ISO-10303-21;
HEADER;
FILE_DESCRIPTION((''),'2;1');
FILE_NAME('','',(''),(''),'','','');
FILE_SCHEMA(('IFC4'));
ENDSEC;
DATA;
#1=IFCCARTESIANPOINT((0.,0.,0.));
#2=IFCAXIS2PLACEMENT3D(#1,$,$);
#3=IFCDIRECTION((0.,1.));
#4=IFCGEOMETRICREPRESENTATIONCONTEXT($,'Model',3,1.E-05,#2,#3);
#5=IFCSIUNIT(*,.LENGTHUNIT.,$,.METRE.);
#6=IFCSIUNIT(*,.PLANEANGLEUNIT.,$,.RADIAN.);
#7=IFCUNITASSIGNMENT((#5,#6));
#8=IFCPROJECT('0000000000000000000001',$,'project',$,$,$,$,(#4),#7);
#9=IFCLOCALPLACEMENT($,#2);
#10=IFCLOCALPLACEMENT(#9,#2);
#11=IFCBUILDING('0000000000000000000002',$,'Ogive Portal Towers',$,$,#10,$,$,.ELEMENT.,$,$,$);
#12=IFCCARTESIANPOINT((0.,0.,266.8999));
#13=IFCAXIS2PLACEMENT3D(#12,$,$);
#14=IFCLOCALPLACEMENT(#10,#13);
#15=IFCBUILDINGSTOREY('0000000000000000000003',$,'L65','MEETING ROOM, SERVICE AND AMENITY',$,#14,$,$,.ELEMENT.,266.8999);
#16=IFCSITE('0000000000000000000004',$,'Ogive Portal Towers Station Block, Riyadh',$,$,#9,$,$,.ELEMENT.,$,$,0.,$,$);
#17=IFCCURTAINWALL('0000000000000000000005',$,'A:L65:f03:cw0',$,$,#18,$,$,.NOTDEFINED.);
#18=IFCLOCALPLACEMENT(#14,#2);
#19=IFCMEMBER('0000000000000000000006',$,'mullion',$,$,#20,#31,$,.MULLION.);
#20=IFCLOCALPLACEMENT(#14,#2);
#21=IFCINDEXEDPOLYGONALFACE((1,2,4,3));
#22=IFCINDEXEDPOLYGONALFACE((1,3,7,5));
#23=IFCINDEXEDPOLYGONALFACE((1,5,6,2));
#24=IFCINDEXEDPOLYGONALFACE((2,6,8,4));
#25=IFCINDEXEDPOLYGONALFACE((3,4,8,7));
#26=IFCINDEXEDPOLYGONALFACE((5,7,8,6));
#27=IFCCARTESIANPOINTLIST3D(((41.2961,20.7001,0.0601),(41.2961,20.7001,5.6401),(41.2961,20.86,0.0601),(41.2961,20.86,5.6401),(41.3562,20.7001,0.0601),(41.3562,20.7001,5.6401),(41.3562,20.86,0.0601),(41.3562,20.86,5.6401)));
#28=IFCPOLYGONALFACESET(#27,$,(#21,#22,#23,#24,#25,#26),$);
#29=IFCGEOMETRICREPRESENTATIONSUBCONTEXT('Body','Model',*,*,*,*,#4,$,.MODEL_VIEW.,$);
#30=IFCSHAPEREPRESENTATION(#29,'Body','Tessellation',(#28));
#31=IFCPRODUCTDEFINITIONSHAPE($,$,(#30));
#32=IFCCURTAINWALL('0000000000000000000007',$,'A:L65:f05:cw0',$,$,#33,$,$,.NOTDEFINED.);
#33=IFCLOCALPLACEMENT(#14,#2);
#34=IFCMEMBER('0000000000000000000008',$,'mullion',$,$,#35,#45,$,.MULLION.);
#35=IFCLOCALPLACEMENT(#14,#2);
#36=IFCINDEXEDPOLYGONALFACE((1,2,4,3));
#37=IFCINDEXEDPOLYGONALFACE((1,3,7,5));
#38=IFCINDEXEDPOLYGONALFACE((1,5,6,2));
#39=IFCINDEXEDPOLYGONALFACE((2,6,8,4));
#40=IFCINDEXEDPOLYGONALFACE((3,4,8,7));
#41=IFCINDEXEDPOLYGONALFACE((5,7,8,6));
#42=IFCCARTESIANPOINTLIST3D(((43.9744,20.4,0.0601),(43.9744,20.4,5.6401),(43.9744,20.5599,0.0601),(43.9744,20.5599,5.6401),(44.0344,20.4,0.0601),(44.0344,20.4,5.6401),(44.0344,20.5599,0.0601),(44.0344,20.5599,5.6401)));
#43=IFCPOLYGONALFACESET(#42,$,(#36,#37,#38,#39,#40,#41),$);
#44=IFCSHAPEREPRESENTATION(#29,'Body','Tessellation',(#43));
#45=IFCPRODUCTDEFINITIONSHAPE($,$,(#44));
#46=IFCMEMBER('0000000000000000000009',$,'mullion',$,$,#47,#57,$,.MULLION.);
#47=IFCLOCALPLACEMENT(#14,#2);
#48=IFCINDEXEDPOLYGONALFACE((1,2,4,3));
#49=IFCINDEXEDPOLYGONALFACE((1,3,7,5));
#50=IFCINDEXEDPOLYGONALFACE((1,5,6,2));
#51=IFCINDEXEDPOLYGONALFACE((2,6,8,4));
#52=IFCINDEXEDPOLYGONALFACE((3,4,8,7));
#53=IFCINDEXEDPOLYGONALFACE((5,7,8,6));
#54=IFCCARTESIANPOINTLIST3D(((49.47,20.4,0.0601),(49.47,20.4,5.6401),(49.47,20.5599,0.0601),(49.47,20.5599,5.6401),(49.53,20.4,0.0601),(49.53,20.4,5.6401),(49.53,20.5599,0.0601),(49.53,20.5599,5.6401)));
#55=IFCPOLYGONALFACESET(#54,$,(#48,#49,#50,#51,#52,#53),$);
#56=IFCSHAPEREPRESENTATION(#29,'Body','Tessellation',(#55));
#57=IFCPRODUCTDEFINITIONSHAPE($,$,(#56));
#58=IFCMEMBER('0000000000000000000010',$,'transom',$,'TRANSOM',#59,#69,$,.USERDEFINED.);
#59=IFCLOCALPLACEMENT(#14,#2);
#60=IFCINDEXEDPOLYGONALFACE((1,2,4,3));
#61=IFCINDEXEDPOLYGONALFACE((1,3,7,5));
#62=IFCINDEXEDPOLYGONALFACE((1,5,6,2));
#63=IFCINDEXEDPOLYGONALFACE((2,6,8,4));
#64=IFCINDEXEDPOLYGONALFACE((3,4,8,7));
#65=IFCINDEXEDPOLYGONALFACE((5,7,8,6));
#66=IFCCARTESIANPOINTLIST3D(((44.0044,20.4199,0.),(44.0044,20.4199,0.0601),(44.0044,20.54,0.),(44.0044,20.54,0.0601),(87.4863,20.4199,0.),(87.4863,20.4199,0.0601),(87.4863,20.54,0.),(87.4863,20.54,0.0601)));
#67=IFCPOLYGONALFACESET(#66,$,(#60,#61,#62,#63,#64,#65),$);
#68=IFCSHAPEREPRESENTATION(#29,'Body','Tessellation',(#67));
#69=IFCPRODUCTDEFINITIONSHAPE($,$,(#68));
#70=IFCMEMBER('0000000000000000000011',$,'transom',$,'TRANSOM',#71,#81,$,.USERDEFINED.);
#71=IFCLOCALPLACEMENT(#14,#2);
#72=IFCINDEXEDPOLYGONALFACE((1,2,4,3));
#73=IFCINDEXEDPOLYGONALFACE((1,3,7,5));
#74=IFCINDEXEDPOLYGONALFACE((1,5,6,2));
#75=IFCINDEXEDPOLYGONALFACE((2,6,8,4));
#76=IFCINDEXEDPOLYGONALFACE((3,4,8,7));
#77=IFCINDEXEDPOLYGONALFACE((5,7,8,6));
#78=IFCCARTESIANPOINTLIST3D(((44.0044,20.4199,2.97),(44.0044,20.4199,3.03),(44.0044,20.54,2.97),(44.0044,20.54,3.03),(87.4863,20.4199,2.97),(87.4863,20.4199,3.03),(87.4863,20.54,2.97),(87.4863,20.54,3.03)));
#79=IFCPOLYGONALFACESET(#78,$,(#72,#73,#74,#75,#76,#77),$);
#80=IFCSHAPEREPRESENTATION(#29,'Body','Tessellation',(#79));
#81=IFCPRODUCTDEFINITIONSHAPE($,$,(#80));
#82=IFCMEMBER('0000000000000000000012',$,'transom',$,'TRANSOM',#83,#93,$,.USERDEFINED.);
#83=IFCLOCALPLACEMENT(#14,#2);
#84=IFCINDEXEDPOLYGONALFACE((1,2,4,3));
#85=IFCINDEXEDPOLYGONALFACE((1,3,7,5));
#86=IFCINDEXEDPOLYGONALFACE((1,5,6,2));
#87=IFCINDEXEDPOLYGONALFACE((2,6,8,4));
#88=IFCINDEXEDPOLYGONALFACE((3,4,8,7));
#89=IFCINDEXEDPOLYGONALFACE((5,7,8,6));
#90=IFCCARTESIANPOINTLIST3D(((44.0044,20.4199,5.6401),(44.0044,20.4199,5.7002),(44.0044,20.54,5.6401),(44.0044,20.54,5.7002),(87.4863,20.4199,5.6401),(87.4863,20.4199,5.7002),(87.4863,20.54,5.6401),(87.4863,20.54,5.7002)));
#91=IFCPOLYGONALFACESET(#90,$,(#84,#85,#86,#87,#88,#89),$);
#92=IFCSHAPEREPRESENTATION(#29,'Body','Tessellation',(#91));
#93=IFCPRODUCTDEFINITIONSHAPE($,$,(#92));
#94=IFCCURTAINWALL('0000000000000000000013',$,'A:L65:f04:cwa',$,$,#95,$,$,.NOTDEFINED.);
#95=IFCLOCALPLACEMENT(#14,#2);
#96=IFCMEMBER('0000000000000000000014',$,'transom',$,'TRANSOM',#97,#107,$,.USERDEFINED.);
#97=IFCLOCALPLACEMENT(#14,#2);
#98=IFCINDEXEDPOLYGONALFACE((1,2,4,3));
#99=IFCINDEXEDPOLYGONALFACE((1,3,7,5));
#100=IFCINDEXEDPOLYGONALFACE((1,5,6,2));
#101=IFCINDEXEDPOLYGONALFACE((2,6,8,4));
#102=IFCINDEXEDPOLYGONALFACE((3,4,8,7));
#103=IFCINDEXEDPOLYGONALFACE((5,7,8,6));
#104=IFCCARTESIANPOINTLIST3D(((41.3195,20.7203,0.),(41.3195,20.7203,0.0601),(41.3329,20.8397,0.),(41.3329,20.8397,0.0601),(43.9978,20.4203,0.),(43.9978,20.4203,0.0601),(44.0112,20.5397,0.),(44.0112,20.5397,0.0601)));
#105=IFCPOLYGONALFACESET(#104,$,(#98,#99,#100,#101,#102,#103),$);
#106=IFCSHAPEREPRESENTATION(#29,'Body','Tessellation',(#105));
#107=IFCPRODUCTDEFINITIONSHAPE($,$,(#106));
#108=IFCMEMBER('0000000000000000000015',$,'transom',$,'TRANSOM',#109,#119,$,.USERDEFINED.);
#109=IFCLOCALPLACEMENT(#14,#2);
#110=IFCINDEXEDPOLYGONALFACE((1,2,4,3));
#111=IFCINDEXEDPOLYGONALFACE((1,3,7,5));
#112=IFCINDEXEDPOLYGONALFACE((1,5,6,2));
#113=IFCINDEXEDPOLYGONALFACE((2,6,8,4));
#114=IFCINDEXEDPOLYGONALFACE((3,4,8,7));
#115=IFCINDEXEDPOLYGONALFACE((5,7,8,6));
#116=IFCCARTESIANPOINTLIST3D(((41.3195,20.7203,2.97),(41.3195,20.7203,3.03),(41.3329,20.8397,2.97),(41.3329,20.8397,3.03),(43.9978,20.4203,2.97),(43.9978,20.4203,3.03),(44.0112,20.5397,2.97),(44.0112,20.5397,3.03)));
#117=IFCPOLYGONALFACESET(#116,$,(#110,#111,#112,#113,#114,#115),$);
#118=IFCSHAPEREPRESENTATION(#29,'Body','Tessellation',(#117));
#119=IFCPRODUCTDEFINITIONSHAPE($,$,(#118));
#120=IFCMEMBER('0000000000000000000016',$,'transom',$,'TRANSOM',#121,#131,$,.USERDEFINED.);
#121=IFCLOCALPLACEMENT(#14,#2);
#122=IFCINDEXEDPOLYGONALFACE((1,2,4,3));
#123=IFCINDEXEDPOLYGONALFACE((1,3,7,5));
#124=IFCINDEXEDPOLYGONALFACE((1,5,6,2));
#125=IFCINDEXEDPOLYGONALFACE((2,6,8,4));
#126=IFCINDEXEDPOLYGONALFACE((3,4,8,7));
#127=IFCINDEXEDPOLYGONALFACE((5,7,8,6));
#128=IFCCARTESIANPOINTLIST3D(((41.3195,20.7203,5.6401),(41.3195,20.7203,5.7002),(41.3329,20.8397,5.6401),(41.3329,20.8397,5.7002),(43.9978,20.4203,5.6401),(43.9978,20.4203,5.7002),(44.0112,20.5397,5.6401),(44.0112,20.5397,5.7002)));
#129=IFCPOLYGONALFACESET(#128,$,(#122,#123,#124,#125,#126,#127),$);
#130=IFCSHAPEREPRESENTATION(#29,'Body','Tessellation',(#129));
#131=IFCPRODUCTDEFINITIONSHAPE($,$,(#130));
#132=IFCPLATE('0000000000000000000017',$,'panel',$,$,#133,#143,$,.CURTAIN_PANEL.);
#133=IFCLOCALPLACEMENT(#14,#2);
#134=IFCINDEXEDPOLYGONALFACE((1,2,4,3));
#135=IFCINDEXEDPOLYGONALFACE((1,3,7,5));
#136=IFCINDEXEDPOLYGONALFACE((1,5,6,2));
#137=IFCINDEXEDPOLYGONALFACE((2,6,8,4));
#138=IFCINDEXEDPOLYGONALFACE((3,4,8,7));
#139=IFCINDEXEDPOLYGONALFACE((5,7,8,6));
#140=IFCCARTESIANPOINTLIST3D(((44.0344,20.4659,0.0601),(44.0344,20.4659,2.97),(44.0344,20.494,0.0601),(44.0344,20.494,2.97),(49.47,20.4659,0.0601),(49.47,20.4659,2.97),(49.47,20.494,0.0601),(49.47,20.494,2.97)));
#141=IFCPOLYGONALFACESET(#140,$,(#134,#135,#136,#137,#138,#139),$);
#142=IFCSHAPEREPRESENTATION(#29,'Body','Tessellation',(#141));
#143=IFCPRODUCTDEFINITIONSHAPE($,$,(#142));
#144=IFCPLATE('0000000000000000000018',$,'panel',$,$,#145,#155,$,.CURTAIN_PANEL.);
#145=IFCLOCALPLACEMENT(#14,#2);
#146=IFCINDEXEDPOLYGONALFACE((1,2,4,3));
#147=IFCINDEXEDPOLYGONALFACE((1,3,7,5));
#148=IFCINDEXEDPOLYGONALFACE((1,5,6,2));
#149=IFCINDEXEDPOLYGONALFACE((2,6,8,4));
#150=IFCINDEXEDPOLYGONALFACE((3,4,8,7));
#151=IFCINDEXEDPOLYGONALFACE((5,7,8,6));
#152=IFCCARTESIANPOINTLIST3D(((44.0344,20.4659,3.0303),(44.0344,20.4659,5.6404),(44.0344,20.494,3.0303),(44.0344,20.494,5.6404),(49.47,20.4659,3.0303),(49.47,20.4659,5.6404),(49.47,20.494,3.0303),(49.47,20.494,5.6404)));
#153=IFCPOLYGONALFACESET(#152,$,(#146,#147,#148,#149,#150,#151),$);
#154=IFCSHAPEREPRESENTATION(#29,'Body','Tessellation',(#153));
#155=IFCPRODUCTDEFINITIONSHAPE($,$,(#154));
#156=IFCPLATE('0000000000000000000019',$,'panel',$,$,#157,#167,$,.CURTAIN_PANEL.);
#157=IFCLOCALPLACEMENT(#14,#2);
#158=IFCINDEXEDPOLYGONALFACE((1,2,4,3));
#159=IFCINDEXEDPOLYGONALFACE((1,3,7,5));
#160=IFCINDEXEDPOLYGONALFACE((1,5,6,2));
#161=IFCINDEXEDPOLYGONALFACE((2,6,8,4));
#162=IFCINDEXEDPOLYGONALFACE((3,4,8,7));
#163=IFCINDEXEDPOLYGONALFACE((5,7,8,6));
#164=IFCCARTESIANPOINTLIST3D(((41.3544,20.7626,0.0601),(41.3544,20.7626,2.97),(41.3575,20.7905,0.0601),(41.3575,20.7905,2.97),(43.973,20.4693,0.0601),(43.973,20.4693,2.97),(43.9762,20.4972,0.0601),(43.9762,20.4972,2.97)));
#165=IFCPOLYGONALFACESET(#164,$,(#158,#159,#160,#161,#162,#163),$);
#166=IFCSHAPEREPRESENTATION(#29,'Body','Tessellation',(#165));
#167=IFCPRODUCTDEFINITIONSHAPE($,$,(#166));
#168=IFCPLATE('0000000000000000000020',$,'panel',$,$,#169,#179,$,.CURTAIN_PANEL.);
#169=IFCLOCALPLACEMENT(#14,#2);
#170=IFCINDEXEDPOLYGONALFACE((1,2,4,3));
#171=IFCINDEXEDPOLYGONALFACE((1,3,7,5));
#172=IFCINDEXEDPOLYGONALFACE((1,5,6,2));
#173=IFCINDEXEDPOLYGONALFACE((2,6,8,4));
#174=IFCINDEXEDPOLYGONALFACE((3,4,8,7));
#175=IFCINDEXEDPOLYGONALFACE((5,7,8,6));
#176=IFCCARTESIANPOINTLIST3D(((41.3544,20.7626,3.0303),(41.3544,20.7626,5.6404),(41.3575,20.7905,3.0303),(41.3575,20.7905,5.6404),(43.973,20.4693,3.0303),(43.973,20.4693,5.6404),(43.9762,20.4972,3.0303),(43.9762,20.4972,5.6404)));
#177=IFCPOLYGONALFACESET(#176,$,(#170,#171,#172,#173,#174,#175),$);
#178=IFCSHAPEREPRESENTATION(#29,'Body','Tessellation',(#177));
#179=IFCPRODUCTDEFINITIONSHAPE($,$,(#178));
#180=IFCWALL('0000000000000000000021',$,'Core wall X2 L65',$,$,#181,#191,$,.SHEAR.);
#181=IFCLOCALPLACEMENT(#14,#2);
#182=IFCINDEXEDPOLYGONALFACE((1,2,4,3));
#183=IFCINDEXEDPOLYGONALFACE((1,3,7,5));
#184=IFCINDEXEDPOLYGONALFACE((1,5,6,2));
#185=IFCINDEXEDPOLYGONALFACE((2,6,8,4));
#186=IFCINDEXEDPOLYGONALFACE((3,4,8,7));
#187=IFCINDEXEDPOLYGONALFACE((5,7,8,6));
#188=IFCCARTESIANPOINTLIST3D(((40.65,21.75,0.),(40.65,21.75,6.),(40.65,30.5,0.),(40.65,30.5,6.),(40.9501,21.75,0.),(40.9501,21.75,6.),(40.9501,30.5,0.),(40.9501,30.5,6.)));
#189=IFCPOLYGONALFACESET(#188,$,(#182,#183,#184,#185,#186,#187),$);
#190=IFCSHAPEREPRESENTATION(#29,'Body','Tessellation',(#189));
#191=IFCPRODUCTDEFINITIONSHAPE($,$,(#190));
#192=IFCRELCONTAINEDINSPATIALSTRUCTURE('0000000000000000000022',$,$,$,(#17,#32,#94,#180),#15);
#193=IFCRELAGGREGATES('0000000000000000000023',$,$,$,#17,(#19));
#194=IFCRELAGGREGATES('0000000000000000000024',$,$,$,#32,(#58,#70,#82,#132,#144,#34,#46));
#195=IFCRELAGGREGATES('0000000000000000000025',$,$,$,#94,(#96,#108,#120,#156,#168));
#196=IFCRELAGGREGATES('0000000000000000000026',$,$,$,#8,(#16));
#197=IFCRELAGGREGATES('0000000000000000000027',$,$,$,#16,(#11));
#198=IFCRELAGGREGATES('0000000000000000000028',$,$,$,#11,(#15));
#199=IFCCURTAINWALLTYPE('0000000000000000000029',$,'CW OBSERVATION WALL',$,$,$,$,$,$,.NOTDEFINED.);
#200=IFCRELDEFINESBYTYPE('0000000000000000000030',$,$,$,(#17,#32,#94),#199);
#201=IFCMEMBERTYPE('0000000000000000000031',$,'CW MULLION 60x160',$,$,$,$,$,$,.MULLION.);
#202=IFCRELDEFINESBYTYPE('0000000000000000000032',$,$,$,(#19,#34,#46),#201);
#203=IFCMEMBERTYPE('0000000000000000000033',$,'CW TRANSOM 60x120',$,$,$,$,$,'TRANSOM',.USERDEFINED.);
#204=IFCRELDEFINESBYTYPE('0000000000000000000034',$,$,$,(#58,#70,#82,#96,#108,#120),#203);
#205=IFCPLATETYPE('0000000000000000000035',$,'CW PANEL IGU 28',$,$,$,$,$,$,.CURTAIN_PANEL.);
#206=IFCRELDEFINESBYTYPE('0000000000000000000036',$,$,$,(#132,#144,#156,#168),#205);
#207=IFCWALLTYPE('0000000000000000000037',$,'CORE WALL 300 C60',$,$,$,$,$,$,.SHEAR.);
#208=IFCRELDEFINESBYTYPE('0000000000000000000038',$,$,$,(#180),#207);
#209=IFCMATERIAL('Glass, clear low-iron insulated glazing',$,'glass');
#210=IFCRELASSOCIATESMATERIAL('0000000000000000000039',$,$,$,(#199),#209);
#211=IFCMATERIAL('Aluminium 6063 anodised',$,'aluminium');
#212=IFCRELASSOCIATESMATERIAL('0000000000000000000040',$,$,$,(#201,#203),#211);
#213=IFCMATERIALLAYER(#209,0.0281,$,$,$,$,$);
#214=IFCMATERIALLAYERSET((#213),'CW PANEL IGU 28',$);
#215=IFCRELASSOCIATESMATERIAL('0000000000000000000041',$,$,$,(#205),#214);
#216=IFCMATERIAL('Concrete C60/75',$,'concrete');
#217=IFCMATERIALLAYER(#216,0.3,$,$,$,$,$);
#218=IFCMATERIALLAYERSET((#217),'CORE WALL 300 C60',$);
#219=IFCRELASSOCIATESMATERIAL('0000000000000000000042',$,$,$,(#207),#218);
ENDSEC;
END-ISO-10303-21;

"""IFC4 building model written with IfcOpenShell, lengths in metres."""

from ifc_helpers import new_model, si_unit, direction, frame, frame_2d, origin, origin_2d, place, context, subcontext, project, spatial, rectangle, extrude, material, layer, layer_set, material_profile, profile_set, type_object, element, aggregate, save


model = new_model("IFC4")

# Units and contexts
model_context = context("Model", 3, precision=1e-05, world=origin(), true_north=direction((0.0, 1.0)))
body_context = subcontext(model_context, "Body", "Model", "MODEL_VIEW")
ifc_project = project(units=[si_unit("LENGTHUNIT", "METRE"), si_unit("PLANEANGLEUNIT", "RADIAN")], contexts=[model_context])

# Site, building, storey
site_placement = place(None, origin())
site = spatial("IfcSite", under=ifc_project, at=site_placement, Name="Ogive Portal Towers Station Block, Riyadh", CompositionType="ELEMENT", RefElevation=0.0)
building_placement = place(site_placement, origin())
building = spatial("IfcBuilding", under=site, at=building_placement, Name="Ogive Portal Towers", CompositionType="ELEMENT")
storey_placement = place(building_placement, frame((0.0, 0.0, 266.8999)))
storey = spatial("IfcBuildingStorey", under=building, at=storey_placement, Name="L65", Description="MEETING ROOM, SERVICE AND AMENITY", CompositionType="ELEMENT", Elevation=266.8999)

# Curtain wall, member
ifc_material_1 = material(Name="Glass, clear low-iron insulated glazing", Category="glass")
curtain_wall_type = type_object("IfcCurtainWallType", Name="CW OBSERVATION WALL", PredefinedType="NOTDEFINED", material=ifc_material_1)
curtain_wall_1_placement = place(storey_placement, origin())
curtain_wall_1 = element("IfcCurtainWall", 1, at=curtain_wall_1_placement, inside=storey, type_object=curtain_wall_type, Name="A:L65:f03:cw0", PredefinedType="NOTDEFINED")
ifc_material_2 = material(Name="Aluminium 6063 anodised", Category="aluminium")
ifc_material_profile_1 = material_profile(ifc_material_2, rectangle(XDim=0.1599, YDim=0.0601, at=origin_2d()), Name="AL 60x160")
ifc_profile_set_1 = profile_set([ifc_material_profile_1], Name="Aluminium 6063 anodised")
member_type_1 = type_object("IfcMemberType", Name="CW MULLION 60x160", PredefinedType="MULLION", material=ifc_profile_set_1)
member_1_placement = place(storey_placement, frame((41.3262, 20.78, 0.0601), z_axis=(0.0, 0.0, 1.0), x_axis=(0.0, 1.0, 0.0)))
member_1 = element("IfcMember", 2, at=member_1_placement, type_object=member_type_1, Name="mullion", PredefinedType="MULLION", context=body_context, shape_type="SweptSolid", body=[
    extrude(rectangle(XDim=0.1599, YDim=0.0601, at=origin_2d()), origin(), (0.0, 0.0, 1.0), 5.5801),
])
aggregate(curtain_wall_1, [member_1])

# Curtain walls, members
curtain_wall_2_placement = place(storey_placement, origin())
curtain_wall_2 = element("IfcCurtainWall", 3, at=curtain_wall_2_placement, inside=storey, type_object=curtain_wall_type, Name="A:L65:f05:cw0", PredefinedType="NOTDEFINED")
member_2_placement = place(storey_placement, frame((44.0044, 20.48, 0.0601), z_axis=(0.0, 0.0, 1.0), x_axis=(0.0, 1.0, 0.0)))
member_2 = element("IfcMember", 4, at=member_2_placement, type_object=member_type_1, Name="mullion", PredefinedType="MULLION", context=body_context, shape_type="SweptSolid", body=[
    extrude(rectangle(XDim=0.1599, YDim=0.0601, at=origin_2d()), origin(), (0.0, 0.0, 1.0), 5.5801),
])
member_3_placement = place(storey_placement, frame((49.5, 20.48, 0.0601), z_axis=(0.0, 0.0, 1.0), x_axis=(0.0, 1.0, 0.0)))
member_3 = element("IfcMember", 5, at=member_3_placement, type_object=member_type_1, Name="mullion", PredefinedType="MULLION", context=body_context, shape_type="SweptSolid", body=[
    extrude(rectangle(XDim=0.1599, YDim=0.0601, at=origin_2d()), origin(), (0.0, 0.0, 1.0), 5.5801),
])
ifc_material_profile_2 = material_profile(ifc_material_2, rectangle(XDim=0.1201, YDim=0.0601, at=origin_2d()), Name="AL 120x60")
ifc_profile_set_2 = profile_set([ifc_material_profile_2], Name="Aluminium 6063 anodised")
member_type_2 = type_object("IfcMemberType", Name="CW TRANSOM 60x120", ElementType="TRANSOM", PredefinedType="USERDEFINED", material=ifc_profile_set_2)
member_4_placement = place(storey_placement, frame((44.0044, 20.48, 0.03), z_axis=(1.0, 0.0, 0.0), x_axis=(0.0, 1.0, 0.0)))
member_4 = element("IfcMember", 6, at=member_4_placement, type_object=member_type_2, Name="transom", ObjectType="TRANSOM", PredefinedType="USERDEFINED", context=body_context, shape_type="SweptSolid", body=[
    extrude(rectangle(XDim=0.1201, YDim=0.0601, at=origin_2d()), origin(), (0.0, 0.0, 1.0), 43.4819),
])
member_5_placement = place(storey_placement, frame((44.0044, 20.48, 3.0), z_axis=(1.0, 0.0, 0.0), x_axis=(0.0, 1.0, 0.0)))
member_5 = element("IfcMember", 7, at=member_5_placement, type_object=member_type_2, Name="transom", ObjectType="TRANSOM", PredefinedType="USERDEFINED", context=body_context, shape_type="SweptSolid", body=[
    extrude(rectangle(XDim=0.1201, YDim=0.0601, at=origin_2d()), origin(), (0.0, 0.0, 1.0), 43.4819),
])
member_6_placement = place(storey_placement, frame((44.0044, 20.48, 5.6702), z_axis=(1.0, 0.0, 0.0), x_axis=(0.0, 1.0, 0.0)))
member_6 = element("IfcMember", 8, at=member_6_placement, type_object=member_type_2, Name="transom", ObjectType="TRANSOM", PredefinedType="USERDEFINED", context=body_context, shape_type="SweptSolid", body=[
    extrude(rectangle(XDim=0.1201, YDim=0.0601, at=origin_2d()), origin(), (0.0, 0.0, 1.0), 43.4819),
])
curtain_wall_3_placement = place(storey_placement, origin())
curtain_wall_3 = element("IfcCurtainWall", 9, at=curtain_wall_3_placement, inside=storey, type_object=curtain_wall_type, Name="A:L65:f04:cwa", PredefinedType="NOTDEFINED")
member_7_placement = place(storey_placement, frame((41.3262, 20.78, 0.03), z_axis=(0.993783, -0.111336, 0.0), x_axis=(0.111336, 0.993783, 0.0)))
member_7 = element("IfcMember", 10, at=member_7_placement, type_object=member_type_2, Name="transom", ObjectType="TRANSOM", PredefinedType="USERDEFINED", context=body_context, shape_type="SweptSolid", body=[
    extrude(rectangle(XDim=0.1201, YDim=0.0601, at=origin_2d()), origin(), (0.0, 0.0, 1.0), 2.6951),
])
member_8_placement = place(storey_placement, frame((41.3262, 20.78, 3.0), z_axis=(0.993783, -0.111336, 0.0), x_axis=(0.111336, 0.993783, 0.0)))
member_8 = element("IfcMember", 11, at=member_8_placement, type_object=member_type_2, Name="transom", ObjectType="TRANSOM", PredefinedType="USERDEFINED", context=body_context, shape_type="SweptSolid", body=[
    extrude(rectangle(XDim=0.1201, YDim=0.0601, at=origin_2d()), origin(), (0.0, 0.0, 1.0), 2.6951),
])
member_9_placement = place(storey_placement, frame((41.3262, 20.78, 5.6702), z_axis=(0.993783, -0.111336, 0.0), x_axis=(0.111336, 0.993783, 0.0)))
member_9 = element("IfcMember", 12, at=member_9_placement, type_object=member_type_2, Name="transom", ObjectType="TRANSOM", PredefinedType="USERDEFINED", context=body_context, shape_type="SweptSolid", body=[
    extrude(rectangle(XDim=0.1201, YDim=0.0601, at=origin_2d()), origin(), (0.0, 0.0, 1.0), 2.6951),
])

# Plates
ifc_layer_1 = layer(ifc_material_1, 0.0281)
ifc_layer_set_1 = layer_set([ifc_layer_1], Name="CW PANEL IGU 28")
plate_type = type_object("IfcPlateType", Name="CW PANEL IGU 28", PredefinedType="CURTAIN_PANEL", material=ifc_layer_set_1)
plate_1_placement = place(storey_placement, frame((46.7522, 20.48, 0.0601), z_axis=(0.0, 0.0, 1.0), x_axis=(1.0, 0.0, 0.0)))
plate_1 = element("IfcPlate", 13, at=plate_1_placement, type_object=plate_type, Name="panel", PredefinedType="CURTAIN_PANEL", context=body_context, shape_type="SweptSolid", body=[
    extrude(rectangle(XDim=5.4355, YDim=0.0281, at=origin_2d()), origin(), (0.0, 0.0, 1.0), 2.9099),
])
plate_2_placement = place(storey_placement, frame((46.7522, 20.48, 3.0303), z_axis=(0.0, 0.0, 1.0), x_axis=(1.0, 0.0, 0.0)))
plate_2 = element("IfcPlate", 14, at=plate_2_placement, type_object=plate_type, Name="panel", PredefinedType="CURTAIN_PANEL", context=body_context, shape_type="SweptSolid", body=[
    extrude(rectangle(XDim=5.4355, YDim=0.0281, at=origin_2d()), origin(), (0.0, 0.0, 1.0), 2.6101),
])
aggregate(curtain_wall_2, [member_4, member_5, member_6, plate_1, plate_2, member_2, member_3])
plate_3_placement = place(storey_placement, frame((42.6653, 20.6299, 0.0601), z_axis=(0.0, 0.0, 1.0), x_axis=(0.993785, -0.111319, 0.0)))
plate_3 = element("IfcPlate", 15, at=plate_3_placement, type_object=plate_type, Name="panel", PredefinedType="CURTAIN_PANEL", context=body_context, shape_type="SweptSolid", body=[
    extrude(rectangle(XDim=2.635, YDim=0.0281, at=origin_2d()), origin(), (0.0, 0.0, 1.0), 2.9099),
])
plate_4_placement = place(storey_placement, frame((42.6653, 20.6299, 3.0303), z_axis=(0.0, 0.0, 1.0), x_axis=(0.993785, -0.111319, 0.0)))
plate_4 = element("IfcPlate", 16, at=plate_4_placement, type_object=plate_type, Name="panel", PredefinedType="CURTAIN_PANEL", context=body_context, shape_type="SweptSolid", body=[
    extrude(rectangle(XDim=2.635, YDim=0.0281, at=origin_2d()), origin(), (0.0, 0.0, 1.0), 2.6101),
])
aggregate(curtain_wall_3, [member_7, member_8, member_9, plate_3, plate_4])

# Wall
ifc_material_3 = material(Name="Concrete C60/75", Category="concrete")
ifc_layer_2 = layer(ifc_material_3, 0.3)
ifc_layer_set_2 = layer_set([ifc_layer_2], Name="CORE WALL 300 C60")
wall_type_1 = type_object("IfcWallType", Name="CORE WALL 300 C60", PredefinedType="SHEAR", material=ifc_layer_set_2)
for number, where, z_axis, x_axis, name in (
    (17, (40.8, 21.75, 0.0), (0.0, 0.0, 1.0), (0.0, 1.0, 0.0), "Core wall X2 L65"),
):
    element("IfcWall", number, at=place(storey_placement, frame(where, z_axis=z_axis, x_axis=x_axis)), inside=storey, type_object=wall_type_1, Name=name, PredefinedType="SHEAR", context=body_context, shape_type="SweptSolid", body=[
        extrude(rectangle(XDim=8.75, YDim=0.3, at=frame_2d((4.375, 0.0))), origin(), (0.0, 0.0, 1.0), 6.0),
    ])

save(model, "model.ifc")
